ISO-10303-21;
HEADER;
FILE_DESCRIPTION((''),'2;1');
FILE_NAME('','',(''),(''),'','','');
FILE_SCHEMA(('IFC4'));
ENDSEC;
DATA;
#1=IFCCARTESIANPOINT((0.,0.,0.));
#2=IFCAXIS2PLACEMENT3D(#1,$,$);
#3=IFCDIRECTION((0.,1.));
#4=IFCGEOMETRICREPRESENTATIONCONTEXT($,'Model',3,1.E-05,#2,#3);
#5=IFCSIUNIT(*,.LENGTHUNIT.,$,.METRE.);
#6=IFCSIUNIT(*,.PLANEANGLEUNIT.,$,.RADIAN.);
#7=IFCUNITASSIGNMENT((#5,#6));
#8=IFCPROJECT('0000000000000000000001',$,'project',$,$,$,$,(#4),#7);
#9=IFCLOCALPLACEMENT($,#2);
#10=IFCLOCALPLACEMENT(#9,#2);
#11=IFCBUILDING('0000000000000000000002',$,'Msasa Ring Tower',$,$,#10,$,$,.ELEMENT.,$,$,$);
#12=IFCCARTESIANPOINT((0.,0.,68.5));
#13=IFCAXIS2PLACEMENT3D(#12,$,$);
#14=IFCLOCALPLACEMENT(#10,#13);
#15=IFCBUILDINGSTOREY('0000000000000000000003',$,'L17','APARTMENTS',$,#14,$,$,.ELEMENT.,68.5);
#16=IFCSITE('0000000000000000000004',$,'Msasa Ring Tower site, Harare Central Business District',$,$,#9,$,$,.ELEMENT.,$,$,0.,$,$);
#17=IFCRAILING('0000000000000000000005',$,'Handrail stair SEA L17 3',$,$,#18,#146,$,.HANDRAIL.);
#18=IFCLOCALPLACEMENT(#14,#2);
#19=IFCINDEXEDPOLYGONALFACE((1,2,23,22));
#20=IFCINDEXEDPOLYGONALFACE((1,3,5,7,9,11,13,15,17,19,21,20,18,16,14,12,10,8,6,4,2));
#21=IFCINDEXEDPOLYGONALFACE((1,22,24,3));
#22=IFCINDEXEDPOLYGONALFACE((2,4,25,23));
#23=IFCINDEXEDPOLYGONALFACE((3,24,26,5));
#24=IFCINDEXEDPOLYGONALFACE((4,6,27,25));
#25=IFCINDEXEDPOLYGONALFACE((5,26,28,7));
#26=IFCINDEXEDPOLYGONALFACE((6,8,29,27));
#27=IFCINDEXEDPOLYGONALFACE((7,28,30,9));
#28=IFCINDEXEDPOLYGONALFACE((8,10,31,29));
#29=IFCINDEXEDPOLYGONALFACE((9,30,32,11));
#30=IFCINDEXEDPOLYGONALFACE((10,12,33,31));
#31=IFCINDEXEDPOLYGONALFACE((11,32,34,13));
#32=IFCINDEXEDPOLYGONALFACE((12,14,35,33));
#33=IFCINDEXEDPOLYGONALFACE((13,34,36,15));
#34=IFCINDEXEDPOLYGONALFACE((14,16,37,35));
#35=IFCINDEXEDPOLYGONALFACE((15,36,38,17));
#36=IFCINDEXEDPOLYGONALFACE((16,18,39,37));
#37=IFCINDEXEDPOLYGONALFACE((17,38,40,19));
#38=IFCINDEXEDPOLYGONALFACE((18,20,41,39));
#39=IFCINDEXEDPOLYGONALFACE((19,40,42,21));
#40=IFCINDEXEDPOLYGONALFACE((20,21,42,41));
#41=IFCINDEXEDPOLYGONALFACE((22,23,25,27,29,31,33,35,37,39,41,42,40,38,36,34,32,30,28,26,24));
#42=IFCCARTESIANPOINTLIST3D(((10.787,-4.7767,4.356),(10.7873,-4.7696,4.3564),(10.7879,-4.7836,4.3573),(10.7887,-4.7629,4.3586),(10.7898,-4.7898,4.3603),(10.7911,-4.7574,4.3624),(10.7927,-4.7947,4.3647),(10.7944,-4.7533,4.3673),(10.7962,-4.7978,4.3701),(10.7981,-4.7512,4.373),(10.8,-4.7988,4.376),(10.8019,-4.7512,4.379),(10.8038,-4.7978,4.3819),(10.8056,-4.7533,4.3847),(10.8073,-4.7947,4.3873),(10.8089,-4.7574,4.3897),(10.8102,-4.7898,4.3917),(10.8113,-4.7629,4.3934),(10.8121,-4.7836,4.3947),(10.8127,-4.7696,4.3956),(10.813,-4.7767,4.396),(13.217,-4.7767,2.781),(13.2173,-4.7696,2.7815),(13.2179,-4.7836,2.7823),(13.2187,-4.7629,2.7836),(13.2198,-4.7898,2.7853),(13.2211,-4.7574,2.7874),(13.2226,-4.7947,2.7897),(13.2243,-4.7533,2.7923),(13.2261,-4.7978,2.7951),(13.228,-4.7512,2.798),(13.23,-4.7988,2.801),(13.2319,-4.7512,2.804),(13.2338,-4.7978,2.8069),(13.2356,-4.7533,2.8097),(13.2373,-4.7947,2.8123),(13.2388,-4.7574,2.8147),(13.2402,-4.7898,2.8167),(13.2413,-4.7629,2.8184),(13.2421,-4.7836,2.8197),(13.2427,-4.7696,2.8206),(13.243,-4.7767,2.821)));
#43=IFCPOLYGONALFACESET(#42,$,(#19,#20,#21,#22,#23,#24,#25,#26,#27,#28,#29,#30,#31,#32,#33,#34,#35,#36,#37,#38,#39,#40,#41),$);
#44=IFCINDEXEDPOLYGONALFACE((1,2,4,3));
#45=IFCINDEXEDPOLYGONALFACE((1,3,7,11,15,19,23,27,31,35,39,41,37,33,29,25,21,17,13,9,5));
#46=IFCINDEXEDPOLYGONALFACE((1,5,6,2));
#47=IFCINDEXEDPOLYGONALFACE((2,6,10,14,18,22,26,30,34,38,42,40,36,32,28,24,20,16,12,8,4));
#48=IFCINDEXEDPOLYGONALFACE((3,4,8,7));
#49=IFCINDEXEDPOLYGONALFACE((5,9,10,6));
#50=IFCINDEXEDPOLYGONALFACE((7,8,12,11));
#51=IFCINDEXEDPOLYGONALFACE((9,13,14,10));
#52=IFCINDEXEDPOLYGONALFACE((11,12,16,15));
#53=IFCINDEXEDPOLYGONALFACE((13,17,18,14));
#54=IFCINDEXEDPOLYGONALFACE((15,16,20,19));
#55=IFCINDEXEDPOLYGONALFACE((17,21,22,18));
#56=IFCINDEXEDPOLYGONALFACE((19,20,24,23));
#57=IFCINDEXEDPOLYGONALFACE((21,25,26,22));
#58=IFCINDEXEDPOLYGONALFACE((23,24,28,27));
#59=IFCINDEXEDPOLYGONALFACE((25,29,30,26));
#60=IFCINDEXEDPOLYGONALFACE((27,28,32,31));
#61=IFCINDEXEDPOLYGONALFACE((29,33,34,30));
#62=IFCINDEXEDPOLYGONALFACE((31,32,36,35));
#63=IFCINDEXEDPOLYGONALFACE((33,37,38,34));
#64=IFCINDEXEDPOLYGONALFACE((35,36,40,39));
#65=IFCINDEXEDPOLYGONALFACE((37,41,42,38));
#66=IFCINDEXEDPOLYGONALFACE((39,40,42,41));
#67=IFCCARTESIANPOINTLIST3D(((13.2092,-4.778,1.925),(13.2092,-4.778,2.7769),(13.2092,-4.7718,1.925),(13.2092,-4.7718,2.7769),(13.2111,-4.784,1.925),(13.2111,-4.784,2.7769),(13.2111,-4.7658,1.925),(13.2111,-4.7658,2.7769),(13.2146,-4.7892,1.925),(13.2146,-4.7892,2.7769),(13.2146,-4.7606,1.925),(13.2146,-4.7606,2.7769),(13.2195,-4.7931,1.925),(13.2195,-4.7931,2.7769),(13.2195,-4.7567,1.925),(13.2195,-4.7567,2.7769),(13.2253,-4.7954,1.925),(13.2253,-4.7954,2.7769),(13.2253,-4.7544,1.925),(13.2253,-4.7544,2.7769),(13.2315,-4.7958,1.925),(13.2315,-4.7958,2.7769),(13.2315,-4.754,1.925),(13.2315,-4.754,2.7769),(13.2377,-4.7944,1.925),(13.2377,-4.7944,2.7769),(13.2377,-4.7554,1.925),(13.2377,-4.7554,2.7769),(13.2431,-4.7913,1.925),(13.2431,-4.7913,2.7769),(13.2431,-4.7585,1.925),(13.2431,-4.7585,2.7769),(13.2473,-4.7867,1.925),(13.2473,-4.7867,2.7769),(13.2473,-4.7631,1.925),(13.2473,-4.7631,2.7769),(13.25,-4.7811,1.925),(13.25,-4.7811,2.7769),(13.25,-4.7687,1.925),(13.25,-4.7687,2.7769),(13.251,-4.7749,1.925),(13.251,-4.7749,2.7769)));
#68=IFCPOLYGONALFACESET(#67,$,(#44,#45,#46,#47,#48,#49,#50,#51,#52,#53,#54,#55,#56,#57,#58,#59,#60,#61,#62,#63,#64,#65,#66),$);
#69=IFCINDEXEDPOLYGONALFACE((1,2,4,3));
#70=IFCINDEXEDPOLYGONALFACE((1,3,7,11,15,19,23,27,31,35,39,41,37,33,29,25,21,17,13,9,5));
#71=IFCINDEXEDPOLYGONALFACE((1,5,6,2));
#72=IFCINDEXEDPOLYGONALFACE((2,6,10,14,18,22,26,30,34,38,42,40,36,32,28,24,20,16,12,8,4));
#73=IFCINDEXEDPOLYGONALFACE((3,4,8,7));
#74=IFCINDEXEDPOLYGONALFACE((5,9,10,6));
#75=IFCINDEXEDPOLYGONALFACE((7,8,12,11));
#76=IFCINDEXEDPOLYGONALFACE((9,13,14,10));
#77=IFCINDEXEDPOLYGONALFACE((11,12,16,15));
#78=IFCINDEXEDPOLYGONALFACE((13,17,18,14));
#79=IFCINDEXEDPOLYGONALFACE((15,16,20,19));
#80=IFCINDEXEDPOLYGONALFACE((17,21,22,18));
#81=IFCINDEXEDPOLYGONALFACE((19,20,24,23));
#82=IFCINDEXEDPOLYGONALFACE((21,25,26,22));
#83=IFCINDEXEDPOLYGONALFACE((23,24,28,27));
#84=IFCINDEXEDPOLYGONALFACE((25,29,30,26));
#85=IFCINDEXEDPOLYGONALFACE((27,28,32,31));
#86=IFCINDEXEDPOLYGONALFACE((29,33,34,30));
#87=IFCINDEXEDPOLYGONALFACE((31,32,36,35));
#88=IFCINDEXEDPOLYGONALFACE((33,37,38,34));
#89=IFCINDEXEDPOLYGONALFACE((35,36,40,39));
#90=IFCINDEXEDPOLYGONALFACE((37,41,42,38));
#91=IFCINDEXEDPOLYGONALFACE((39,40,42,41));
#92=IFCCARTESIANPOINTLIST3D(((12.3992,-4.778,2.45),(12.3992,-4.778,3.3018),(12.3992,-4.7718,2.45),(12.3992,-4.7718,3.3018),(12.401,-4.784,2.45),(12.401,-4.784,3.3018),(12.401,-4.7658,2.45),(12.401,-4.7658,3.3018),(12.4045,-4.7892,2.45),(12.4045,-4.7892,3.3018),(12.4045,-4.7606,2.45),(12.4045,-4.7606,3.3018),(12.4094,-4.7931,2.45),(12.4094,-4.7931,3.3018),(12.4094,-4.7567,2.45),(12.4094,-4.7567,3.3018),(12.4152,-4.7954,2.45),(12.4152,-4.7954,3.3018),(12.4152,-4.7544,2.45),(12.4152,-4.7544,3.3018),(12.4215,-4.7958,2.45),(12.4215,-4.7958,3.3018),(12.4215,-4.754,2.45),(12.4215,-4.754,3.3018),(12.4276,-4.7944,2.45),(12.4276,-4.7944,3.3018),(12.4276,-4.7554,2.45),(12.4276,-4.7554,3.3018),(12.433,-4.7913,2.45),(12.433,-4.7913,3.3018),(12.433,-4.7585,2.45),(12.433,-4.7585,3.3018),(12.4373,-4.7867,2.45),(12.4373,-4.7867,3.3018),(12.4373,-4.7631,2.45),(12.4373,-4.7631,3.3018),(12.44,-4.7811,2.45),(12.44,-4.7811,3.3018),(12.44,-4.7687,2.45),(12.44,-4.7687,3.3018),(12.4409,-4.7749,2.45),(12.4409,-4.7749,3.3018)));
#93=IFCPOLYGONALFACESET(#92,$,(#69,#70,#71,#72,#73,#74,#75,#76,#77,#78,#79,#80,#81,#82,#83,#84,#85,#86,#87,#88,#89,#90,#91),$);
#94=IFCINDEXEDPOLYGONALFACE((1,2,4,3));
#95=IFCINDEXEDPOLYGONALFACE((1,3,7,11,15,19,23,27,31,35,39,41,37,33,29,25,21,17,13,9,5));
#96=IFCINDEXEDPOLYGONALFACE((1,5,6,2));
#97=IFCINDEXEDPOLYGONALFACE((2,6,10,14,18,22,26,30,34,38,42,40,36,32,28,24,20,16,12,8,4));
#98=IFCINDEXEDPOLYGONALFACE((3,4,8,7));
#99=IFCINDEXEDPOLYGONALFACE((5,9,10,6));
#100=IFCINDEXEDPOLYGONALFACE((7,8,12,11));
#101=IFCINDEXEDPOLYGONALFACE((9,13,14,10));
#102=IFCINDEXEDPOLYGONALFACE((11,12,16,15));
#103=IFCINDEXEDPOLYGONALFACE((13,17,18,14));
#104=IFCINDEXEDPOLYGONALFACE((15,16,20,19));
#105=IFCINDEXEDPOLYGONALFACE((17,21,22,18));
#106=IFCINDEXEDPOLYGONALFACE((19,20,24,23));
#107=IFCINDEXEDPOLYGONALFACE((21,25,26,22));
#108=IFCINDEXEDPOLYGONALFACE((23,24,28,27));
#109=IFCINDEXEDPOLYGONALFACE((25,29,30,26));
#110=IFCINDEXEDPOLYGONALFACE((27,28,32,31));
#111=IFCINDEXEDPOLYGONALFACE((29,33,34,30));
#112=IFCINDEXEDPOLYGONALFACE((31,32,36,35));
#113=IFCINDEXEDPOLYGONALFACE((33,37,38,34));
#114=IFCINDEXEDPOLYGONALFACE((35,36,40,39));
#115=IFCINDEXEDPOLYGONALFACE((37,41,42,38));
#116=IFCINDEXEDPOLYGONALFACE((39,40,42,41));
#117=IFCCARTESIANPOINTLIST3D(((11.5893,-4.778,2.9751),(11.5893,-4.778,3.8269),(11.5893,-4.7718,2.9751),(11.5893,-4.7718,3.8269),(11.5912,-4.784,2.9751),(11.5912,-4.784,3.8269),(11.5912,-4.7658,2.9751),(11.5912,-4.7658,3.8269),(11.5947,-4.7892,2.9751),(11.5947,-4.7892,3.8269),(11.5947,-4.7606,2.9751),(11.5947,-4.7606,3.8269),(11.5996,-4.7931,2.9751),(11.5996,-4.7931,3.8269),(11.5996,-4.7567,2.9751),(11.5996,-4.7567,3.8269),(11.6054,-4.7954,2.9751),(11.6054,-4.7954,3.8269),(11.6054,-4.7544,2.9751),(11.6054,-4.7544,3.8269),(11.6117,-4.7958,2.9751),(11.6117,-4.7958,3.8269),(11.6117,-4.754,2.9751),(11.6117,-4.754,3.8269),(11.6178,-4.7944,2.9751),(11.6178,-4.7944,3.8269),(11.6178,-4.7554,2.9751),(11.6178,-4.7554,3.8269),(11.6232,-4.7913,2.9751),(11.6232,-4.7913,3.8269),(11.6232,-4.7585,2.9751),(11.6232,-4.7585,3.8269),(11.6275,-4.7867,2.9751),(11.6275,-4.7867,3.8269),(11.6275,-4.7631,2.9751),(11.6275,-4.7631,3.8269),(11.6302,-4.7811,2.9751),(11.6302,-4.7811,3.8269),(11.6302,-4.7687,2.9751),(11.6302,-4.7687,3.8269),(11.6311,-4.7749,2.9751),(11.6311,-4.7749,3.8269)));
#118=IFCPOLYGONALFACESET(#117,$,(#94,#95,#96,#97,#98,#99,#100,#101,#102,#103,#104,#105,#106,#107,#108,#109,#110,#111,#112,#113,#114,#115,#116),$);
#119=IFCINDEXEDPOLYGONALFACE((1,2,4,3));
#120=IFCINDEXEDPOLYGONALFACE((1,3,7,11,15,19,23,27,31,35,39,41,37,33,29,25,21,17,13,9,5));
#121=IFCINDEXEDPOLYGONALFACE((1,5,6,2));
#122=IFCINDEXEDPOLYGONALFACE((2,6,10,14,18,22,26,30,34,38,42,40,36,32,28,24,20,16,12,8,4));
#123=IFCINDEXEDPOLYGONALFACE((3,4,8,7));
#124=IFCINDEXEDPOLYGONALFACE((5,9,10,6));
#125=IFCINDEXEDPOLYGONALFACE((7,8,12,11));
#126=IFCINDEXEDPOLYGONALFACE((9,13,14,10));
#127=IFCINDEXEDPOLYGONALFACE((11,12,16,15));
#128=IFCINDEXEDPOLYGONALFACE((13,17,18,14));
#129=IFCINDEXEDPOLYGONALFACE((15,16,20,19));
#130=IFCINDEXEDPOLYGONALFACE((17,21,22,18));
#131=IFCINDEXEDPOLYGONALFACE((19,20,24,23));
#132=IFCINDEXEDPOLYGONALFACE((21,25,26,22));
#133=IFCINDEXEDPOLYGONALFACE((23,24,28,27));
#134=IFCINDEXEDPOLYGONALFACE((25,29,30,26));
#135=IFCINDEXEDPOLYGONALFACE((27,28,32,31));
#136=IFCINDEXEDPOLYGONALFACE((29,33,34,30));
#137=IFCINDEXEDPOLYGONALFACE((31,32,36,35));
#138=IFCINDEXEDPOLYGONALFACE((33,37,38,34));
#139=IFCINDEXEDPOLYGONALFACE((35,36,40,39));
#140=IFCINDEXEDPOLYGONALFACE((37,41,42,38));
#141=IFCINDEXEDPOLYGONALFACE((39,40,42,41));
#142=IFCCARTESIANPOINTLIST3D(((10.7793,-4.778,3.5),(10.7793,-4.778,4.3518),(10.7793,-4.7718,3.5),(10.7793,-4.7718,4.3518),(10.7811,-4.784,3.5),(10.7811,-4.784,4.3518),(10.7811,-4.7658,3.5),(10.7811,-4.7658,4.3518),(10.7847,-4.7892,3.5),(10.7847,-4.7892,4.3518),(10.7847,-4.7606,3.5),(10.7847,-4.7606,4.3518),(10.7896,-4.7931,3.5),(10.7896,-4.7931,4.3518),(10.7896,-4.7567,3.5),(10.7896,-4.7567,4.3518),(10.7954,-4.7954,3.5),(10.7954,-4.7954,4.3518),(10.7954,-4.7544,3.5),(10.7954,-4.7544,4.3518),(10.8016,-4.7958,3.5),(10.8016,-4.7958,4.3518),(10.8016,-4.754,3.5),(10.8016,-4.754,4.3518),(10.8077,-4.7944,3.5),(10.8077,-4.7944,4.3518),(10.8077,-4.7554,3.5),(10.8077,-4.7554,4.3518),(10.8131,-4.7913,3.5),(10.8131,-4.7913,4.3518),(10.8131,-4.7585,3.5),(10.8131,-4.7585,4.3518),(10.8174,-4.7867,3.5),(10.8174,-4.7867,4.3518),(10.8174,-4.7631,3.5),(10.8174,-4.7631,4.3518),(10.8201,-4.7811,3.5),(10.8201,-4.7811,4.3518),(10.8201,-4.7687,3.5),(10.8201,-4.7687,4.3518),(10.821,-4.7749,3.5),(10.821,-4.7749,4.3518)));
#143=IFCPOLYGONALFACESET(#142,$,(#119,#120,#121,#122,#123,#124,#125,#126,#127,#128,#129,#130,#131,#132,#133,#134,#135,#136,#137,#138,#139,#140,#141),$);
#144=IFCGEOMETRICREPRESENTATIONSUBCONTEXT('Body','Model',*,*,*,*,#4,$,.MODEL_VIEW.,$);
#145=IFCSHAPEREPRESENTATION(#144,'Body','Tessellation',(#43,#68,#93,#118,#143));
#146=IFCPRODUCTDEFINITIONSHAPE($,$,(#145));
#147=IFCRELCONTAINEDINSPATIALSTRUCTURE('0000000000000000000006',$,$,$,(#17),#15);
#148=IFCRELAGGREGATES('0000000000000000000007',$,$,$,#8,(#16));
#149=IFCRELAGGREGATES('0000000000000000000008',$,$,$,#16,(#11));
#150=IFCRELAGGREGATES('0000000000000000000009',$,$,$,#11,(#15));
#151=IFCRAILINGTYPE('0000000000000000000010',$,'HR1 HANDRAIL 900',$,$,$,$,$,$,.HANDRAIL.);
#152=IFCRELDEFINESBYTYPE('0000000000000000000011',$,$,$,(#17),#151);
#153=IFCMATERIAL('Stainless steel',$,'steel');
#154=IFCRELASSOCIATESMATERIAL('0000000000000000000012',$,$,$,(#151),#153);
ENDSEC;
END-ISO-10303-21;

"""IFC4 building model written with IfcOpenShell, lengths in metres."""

from ifc_helpers import new_model, si_unit, direction, frame, origin, origin_2d, place, context, subcontext, project, spatial, circle, extrude, material, type_object, element, save


model = new_model("IFC4")

# Units and contexts
model_context = context("Model", 3, precision=1e-05, world=origin(), true_north=direction((0.0, 1.0)))
body_context = subcontext(model_context, "Body", "Model", "MODEL_VIEW")
ifc_project = project(units=[si_unit("LENGTHUNIT", "METRE"), si_unit("PLANEANGLEUNIT", "RADIAN")], contexts=[model_context])

# Site, building, storey
site_placement = place(None, origin())
site = spatial("IfcSite", under=ifc_project, at=site_placement, Name="Msasa Ring Tower site, Harare Central Business District", CompositionType="ELEMENT", RefElevation=0.0)
building_placement = place(site_placement, origin())
building = spatial("IfcBuilding", under=site, at=building_placement, Name="Msasa Ring Tower", CompositionType="ELEMENT")
storey_placement = place(building_placement, frame((0.0, 0.0, 68.5)))
storey = spatial("IfcBuildingStorey", under=building, at=storey_placement, Name="L17", Description="APARTMENTS", CompositionType="ELEMENT", Elevation=68.5)

# Railing
ifc_material_1 = material(Name="Stainless steel", Category="steel")
railing_type = type_object("IfcRailingType", Name="HR1 HANDRAIL 900", PredefinedType="HANDRAIL", material=ifc_material_1)
railing_placement = place(storey_placement, frame((13.23, -4.7749, 1.925)))
element("IfcRailing", 1, at=railing_placement, inside=storey, type_object=railing_type, Name="Handrail stair SEA L17 3", PredefinedType="HANDRAIL", context=body_context, shape_type="SweptSolid", body=[
    extrude(circle(Radius=0.0239, at=origin_2d()), frame((0.0, 0.0, 0.876), z_axis=(-0.839154, 0.0, 0.543894), x_axis=(0.0, -1.0, 0.0)), (0.0, 0.0, 1.0), 2.8958),
    extrude(circle(Radius=0.021, at=origin_2d()), origin(), (0.0, 0.0, 1.0), 0.8518),
    extrude(circle(Radius=0.021, at=origin_2d()), frame((-0.8101, 0.0, 0.5249)), (0.0, 0.0, 1.0), 0.8518),
    extrude(circle(Radius=0.021, at=origin_2d()), frame((-1.6199, 0.0, 1.05)), (0.0, 0.0, 1.0), 0.8518),
    extrude(circle(Radius=0.021, at=origin_2d()), frame((-2.4299, 0.0, 1.575)), (0.0, 0.0, 1.0), 0.8518),
])

save(model, "model.ifc")
